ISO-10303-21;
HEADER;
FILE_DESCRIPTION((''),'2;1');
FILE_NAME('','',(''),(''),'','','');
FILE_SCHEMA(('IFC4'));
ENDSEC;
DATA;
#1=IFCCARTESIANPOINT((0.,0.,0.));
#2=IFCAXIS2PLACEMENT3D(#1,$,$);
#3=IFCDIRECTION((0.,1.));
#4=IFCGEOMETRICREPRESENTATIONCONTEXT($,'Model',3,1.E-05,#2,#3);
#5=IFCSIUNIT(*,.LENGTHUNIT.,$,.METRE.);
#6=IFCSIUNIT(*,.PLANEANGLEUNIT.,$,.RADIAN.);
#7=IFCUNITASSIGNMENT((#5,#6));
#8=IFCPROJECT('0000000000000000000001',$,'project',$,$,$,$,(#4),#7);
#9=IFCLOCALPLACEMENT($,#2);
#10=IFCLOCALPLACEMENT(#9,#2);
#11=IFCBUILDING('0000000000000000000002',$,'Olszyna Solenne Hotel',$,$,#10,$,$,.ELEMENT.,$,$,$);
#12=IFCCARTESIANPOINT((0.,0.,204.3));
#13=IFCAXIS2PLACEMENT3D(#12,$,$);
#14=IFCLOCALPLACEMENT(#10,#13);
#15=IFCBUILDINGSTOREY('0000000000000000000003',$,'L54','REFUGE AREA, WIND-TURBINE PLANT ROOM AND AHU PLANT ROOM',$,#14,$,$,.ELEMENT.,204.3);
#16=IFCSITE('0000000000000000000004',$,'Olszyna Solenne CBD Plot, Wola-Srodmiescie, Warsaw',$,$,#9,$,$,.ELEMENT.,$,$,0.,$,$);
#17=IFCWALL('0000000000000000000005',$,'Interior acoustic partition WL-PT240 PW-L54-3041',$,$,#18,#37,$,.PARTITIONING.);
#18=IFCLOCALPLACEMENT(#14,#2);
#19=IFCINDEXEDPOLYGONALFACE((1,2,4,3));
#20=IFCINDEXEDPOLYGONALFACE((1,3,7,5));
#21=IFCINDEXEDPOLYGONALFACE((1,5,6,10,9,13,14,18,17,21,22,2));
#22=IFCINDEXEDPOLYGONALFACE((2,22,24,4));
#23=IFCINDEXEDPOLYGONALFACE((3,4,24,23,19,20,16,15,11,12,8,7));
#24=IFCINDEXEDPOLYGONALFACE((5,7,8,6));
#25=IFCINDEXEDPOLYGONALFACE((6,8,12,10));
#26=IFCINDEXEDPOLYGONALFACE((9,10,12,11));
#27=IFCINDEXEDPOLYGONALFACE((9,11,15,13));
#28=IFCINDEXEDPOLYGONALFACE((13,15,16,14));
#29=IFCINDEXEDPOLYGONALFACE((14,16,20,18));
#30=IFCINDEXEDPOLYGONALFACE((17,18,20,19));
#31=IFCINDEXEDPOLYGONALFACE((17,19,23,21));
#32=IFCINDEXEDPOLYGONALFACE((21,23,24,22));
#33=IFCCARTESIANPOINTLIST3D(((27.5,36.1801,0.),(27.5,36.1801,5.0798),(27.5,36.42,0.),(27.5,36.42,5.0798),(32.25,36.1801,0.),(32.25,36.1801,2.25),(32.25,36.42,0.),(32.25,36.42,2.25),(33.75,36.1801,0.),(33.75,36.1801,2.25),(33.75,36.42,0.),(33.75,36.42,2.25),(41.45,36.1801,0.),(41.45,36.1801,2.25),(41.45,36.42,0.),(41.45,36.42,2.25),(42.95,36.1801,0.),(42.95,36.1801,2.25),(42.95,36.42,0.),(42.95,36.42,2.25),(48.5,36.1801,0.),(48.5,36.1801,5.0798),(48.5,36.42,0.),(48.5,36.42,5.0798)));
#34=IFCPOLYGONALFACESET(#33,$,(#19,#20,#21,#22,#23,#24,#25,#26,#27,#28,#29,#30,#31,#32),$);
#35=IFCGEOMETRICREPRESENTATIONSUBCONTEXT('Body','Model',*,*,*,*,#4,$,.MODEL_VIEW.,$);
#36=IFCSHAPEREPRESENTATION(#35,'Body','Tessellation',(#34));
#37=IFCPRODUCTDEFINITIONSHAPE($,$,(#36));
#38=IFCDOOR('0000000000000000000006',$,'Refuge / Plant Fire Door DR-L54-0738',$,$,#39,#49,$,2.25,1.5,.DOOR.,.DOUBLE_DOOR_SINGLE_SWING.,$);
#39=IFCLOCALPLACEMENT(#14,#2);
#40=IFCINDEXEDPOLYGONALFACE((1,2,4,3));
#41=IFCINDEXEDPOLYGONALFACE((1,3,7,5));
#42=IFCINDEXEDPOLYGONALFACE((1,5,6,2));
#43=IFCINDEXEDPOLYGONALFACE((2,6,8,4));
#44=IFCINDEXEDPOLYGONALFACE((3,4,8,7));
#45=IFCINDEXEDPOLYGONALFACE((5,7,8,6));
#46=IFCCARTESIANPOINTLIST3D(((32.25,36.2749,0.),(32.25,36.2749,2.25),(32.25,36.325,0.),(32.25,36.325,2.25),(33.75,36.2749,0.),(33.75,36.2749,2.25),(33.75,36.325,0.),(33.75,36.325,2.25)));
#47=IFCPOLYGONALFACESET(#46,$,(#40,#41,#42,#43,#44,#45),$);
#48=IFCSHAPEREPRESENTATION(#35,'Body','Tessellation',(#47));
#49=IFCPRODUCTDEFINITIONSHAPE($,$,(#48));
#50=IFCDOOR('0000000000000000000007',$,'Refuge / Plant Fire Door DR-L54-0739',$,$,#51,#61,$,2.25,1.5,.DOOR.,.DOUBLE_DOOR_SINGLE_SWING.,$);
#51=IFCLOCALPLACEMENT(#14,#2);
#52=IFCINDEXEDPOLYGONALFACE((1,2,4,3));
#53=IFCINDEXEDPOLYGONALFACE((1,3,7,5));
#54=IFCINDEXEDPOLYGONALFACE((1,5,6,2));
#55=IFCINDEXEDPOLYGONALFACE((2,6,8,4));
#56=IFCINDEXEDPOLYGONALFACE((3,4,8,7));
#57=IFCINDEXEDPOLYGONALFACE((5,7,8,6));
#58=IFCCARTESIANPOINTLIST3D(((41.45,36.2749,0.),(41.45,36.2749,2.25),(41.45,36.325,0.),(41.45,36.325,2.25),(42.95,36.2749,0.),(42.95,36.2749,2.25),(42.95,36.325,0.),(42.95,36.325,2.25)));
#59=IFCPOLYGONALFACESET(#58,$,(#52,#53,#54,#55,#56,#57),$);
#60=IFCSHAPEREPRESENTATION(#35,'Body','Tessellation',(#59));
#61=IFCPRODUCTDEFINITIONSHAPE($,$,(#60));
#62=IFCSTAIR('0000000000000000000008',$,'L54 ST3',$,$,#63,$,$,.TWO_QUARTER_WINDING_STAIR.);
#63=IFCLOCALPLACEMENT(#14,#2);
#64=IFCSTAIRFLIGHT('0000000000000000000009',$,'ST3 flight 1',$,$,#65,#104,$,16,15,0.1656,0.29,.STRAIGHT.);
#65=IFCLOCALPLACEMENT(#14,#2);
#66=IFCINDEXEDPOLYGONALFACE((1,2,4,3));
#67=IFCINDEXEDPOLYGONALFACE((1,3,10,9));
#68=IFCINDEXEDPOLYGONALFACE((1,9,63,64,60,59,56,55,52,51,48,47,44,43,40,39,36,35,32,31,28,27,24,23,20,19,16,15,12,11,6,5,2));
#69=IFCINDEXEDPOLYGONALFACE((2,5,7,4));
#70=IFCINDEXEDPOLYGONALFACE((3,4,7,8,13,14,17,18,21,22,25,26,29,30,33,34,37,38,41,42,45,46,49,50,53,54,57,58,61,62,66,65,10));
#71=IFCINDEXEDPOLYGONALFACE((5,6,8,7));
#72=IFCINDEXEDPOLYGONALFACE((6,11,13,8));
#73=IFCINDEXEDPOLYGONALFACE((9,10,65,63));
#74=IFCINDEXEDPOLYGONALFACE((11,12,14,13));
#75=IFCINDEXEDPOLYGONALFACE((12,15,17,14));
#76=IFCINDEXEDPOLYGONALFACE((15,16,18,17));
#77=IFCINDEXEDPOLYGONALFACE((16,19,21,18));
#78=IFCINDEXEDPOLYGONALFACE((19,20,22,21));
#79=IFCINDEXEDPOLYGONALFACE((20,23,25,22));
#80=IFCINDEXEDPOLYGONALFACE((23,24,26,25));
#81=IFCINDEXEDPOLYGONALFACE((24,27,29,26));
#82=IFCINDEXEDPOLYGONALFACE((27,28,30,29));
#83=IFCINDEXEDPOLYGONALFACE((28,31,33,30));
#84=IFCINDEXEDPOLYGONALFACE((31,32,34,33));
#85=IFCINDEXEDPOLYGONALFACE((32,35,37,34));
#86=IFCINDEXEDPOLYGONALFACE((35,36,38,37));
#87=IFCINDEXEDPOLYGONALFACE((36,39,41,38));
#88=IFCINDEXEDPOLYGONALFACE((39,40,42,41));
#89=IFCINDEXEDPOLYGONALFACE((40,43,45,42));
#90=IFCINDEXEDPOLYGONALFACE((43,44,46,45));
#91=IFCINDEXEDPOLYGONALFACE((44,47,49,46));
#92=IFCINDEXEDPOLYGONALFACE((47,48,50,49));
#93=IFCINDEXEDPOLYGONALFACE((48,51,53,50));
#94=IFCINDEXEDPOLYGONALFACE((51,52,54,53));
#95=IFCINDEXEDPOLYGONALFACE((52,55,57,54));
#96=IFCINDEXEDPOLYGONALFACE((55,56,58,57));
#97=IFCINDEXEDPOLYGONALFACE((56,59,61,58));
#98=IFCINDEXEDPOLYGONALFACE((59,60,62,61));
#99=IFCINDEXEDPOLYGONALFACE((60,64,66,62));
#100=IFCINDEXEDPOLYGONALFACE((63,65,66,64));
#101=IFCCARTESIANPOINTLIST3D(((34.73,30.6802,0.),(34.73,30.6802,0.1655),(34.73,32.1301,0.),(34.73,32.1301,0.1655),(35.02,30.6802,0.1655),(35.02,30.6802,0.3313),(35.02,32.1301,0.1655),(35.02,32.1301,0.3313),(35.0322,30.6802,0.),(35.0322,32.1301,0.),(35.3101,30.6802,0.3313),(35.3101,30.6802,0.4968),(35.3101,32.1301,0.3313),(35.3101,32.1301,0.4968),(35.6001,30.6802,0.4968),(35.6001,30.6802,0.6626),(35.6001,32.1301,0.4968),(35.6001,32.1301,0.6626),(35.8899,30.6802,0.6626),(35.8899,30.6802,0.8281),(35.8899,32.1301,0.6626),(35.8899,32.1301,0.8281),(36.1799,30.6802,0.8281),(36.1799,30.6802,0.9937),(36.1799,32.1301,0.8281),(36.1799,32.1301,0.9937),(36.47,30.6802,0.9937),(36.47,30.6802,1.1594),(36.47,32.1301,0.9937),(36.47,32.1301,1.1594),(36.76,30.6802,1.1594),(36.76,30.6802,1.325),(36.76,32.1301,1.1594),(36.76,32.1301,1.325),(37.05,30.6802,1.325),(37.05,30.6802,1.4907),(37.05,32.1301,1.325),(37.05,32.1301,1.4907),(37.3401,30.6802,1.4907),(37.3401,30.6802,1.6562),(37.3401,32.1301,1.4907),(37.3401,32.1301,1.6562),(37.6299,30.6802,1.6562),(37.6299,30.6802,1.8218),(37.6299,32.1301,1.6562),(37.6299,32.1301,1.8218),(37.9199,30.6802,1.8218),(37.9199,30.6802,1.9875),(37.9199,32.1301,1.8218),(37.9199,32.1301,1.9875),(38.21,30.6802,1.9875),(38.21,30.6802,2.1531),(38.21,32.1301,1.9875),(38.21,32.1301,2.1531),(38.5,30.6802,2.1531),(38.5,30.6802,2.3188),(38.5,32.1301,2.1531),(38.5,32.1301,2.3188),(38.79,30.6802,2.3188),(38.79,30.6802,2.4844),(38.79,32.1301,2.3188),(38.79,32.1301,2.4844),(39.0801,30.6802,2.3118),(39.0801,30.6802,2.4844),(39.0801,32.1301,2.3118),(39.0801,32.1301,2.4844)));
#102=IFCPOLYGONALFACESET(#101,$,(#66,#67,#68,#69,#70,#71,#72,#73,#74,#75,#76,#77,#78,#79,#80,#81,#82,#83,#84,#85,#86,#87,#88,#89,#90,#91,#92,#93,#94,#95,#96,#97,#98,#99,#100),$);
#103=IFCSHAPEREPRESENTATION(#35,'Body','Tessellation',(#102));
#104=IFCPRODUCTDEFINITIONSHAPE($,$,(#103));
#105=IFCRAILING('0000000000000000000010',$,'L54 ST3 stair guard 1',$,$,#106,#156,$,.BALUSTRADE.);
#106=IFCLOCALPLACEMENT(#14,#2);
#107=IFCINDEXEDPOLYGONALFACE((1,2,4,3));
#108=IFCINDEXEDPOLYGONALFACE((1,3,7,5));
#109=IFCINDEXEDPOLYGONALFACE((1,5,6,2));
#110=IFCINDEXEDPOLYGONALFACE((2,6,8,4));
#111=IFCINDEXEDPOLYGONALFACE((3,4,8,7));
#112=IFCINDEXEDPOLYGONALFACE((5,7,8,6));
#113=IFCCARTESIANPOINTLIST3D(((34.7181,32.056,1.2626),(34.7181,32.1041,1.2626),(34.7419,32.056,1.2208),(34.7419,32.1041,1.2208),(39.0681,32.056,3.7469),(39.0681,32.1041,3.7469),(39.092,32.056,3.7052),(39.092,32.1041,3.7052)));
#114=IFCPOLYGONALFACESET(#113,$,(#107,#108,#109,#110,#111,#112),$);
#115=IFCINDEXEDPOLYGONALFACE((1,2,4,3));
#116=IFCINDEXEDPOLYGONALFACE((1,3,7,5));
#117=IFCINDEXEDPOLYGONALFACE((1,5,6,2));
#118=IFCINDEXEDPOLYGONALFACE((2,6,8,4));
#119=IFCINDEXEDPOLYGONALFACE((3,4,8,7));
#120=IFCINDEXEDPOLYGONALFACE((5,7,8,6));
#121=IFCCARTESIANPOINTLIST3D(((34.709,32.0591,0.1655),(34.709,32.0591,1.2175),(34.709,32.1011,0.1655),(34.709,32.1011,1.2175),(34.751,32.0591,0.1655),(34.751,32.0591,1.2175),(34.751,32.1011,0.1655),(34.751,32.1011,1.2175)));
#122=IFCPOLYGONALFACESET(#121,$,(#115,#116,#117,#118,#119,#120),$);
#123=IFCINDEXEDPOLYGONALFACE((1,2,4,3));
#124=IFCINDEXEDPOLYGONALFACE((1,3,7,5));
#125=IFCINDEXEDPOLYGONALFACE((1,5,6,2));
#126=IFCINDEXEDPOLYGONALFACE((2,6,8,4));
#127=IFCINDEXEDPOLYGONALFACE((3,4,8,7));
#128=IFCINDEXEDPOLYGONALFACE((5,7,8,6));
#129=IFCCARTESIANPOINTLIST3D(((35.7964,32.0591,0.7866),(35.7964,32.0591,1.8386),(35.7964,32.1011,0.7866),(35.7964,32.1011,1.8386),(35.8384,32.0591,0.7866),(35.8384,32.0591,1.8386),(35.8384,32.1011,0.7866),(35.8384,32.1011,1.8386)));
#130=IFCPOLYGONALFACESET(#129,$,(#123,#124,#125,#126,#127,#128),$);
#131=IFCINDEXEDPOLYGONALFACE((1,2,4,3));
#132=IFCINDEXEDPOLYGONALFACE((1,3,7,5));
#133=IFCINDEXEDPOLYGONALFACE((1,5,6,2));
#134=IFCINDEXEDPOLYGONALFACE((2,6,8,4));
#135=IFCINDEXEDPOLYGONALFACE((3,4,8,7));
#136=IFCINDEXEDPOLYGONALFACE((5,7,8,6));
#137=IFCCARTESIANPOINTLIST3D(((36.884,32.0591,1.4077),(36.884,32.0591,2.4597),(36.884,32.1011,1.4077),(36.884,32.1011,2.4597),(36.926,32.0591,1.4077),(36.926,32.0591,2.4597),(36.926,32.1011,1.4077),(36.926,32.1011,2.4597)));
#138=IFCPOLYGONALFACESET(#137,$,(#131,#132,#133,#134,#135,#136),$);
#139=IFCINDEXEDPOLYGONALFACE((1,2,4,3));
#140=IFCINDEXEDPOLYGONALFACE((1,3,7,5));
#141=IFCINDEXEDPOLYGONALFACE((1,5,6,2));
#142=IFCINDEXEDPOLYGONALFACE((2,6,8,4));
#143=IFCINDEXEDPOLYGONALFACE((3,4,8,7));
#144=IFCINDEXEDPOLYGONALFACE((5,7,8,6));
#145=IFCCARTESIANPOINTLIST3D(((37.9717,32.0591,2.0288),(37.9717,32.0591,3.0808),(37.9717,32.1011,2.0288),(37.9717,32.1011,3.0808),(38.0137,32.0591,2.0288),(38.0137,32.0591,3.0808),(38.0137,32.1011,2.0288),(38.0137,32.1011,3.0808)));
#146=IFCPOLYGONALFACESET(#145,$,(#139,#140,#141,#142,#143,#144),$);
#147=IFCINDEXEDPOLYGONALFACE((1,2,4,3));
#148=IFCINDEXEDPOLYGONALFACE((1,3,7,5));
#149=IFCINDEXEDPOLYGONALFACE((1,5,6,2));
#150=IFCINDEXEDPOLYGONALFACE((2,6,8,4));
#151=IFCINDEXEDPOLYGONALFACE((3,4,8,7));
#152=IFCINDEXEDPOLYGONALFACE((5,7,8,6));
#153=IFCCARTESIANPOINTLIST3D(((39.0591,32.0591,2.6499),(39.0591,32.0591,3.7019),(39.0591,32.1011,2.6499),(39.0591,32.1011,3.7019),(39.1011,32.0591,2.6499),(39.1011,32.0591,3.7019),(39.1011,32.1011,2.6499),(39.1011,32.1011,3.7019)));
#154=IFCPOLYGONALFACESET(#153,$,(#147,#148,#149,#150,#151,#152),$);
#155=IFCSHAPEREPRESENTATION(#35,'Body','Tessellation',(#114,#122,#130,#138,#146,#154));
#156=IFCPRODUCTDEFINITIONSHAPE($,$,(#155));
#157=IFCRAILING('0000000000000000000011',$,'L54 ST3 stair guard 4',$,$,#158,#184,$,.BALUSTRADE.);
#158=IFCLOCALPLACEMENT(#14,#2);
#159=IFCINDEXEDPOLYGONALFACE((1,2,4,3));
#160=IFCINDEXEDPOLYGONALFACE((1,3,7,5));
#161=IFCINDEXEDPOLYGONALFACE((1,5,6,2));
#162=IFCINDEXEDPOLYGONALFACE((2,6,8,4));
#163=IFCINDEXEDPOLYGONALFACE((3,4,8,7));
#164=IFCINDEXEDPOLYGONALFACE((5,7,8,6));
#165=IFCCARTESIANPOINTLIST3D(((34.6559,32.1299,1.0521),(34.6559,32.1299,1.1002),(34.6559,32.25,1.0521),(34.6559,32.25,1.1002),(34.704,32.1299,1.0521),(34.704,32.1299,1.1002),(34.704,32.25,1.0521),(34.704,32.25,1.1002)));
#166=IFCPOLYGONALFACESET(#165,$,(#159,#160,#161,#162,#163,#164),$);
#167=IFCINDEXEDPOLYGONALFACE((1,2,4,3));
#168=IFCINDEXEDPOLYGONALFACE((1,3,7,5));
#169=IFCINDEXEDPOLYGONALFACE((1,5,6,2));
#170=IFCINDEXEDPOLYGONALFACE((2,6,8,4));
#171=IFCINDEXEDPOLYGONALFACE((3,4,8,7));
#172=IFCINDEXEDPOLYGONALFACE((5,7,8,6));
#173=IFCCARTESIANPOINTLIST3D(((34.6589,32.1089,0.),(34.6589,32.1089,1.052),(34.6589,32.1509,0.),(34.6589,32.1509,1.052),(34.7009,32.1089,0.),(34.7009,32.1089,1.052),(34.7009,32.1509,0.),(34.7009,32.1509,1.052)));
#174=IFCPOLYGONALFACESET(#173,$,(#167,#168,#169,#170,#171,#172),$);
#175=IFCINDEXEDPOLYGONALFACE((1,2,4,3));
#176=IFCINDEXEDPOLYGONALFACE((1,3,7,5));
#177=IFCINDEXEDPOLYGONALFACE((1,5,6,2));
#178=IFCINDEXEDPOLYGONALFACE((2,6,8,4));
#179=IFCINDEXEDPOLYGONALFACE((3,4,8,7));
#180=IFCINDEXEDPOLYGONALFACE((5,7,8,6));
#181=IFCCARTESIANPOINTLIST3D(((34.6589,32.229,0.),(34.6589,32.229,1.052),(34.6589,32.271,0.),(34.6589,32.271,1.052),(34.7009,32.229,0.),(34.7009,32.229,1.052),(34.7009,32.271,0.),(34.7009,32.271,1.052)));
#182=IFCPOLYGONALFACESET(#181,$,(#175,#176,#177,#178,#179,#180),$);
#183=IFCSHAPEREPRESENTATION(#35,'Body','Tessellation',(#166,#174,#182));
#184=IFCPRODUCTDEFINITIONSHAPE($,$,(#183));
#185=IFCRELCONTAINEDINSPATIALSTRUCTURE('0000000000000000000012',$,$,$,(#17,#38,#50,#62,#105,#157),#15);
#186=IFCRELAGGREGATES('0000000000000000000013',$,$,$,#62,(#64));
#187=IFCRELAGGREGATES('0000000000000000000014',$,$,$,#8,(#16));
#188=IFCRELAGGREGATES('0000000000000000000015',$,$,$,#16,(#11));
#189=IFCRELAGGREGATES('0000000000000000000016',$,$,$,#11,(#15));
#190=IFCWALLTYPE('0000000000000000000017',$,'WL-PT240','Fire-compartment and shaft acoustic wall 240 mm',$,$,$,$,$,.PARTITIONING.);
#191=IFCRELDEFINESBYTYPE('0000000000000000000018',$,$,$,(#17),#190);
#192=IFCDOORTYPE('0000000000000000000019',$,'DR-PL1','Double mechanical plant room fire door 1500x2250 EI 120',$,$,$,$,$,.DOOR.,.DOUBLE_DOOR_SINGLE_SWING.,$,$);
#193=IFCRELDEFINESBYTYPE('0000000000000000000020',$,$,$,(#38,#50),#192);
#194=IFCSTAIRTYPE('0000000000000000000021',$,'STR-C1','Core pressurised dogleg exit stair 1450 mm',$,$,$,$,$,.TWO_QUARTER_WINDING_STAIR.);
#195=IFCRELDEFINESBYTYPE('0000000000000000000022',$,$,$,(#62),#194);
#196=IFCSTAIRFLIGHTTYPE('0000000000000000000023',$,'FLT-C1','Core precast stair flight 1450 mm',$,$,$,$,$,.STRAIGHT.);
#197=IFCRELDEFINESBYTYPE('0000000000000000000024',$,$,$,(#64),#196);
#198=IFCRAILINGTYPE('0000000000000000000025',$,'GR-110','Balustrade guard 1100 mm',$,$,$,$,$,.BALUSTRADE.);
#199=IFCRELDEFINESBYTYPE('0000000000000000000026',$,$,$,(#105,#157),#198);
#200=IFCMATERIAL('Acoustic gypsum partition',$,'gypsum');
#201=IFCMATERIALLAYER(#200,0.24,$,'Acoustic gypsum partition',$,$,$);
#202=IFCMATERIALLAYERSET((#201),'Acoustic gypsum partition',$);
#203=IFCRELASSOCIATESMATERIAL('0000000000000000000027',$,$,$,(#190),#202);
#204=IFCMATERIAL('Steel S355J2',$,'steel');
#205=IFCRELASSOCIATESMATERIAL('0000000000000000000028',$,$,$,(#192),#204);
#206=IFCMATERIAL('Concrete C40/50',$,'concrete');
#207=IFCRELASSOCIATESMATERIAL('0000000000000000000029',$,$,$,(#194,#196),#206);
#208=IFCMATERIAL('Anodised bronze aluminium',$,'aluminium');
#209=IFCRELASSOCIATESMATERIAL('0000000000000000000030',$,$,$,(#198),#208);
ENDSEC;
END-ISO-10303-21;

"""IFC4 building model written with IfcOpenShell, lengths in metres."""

from ifc_helpers import new_model, si_unit, direction, frame, frame_2d, origin, origin_2d, place, context, subcontext, project, spatial, polyline, rectangle, outline, extrude, source, transform, mapped, material, layer, layer_set, type_object, type_shapes, element, fill, aggregate, save


model = new_model("IFC4")

# Units and contexts
model_context = context("Model", 3, precision=1e-05, world=origin(), true_north=direction((0.0, 1.0)))
body_context = subcontext(model_context, "Body", "Model", "MODEL_VIEW")
ifc_project = project(units=[si_unit("LENGTHUNIT", "METRE"), si_unit("PLANEANGLEUNIT", "RADIAN")], contexts=[model_context])

# Site, building, storey
site_placement = place(None, origin())
site = spatial("IfcSite", under=ifc_project, at=site_placement, Name="Olszyna Solenne CBD Plot, Wola-Srodmiescie, Warsaw", CompositionType="ELEMENT", RefElevation=0.0)
building_placement = place(site_placement, origin())
building = spatial("IfcBuilding", under=site, at=building_placement, Name="Olszyna Solenne Hotel", CompositionType="ELEMENT")
storey_placement = place(building_placement, frame((0.0, 0.0, 204.3)))
storey = spatial("IfcBuildingStorey", under=building, at=storey_placement, Name="L54", Description="REFUGE AREA, WIND-TURBINE PLANT ROOM AND AHU PLANT ROOM", CompositionType="ELEMENT", Elevation=204.3)

# Shared definitions
ifc_material_1 = material(Name="Steel S355J2", Category="steel")

# Shared definitions
ifc_material_2 = material(Name="Acoustic gypsum partition", Category="gypsum")

# Shared definitions
ifc_layer_1 = layer(ifc_material_2, 0.24, Name="Acoustic gypsum partition")
ifc_layer_set_1 = layer_set([ifc_layer_1], Name="Acoustic gypsum partition")
wall_type_1 = type_object("IfcWallType", Name="WL-PT240", Description="Fire-compartment and shaft acoustic wall 240 mm", PredefinedType="PARTITIONING", material=ifc_layer_set_1)

# Wall, openings, doors
wall_1_placement = place(storey_placement, frame((27.5, 36.3, 0.0), z_axis=(0.0, 0.0, 1.0), x_axis=(1.0, 0.0, 0.0)))
wall_1 = element("IfcWall", 1, at=wall_1_placement, inside=storey, type_object=wall_type_1, Name="Interior acoustic partition WL-PT240 PW-L54-3041", PredefinedType="PARTITIONING", context=body_context, shape_type="SweptSolid", body=[
    extrude(rectangle(XDim=21.0, YDim=0.24, at=frame_2d((10.5, 0.0))), origin(), (0.0, 0.0, 1.0), 5.0798),
])
opening_1_placement = place(wall_1_placement, frame((4.75, 0.0, 0.0)))
opening_1 = element("IfcOpeningElement", 2, at=opening_1_placement, cuts=wall_1, PredefinedType="OPENING", context=body_context, shape_type="SweptSolid", body=[
    extrude(rectangle(XDim=1.5, YDim=2.25, at=frame_2d((0.75, 1.125))), frame((0.0, 0.1299, 0.0), z_axis=(0.0, -1.0, 0.0), x_axis=(1.0, 0.0, 0.0)), (0.0, 0.0, 1.0), 0.26),
])
opening_2_placement = place(wall_1_placement, frame((13.95, 0.0, 0.0)))
opening_2 = element("IfcOpeningElement", 3, at=opening_2_placement, cuts=wall_1, PredefinedType="OPENING", context=body_context, shape_type="SweptSolid", body=[
    extrude(rectangle(XDim=1.5, YDim=2.25, at=frame_2d((0.75, 1.125))), frame((0.0, 0.1299, 0.0), z_axis=(0.0, -1.0, 0.0), x_axis=(1.0, 0.0, 0.0)), (0.0, 0.0, 1.0), 0.26),
])
door_type_1 = type_object("IfcDoorType", Name="DR-PL1", Description="Double mechanical plant room fire door 1500x2250 EI 120", OperationType="DOUBLE_DOOR_SINGLE_SWING", PredefinedType="DOOR", material=ifc_material_1)
shared_shape_1 = source(origin(), body_context, "Body", "SweptSolid", [
    extrude(rectangle(XDim=1.5, YDim=2.25, at=frame_2d((0.75, 1.125))), frame((0.0, 0.0249, 0.0), z_axis=(0.0, -1.0, 0.0), x_axis=(1.0, 0.0, 0.0)), (0.0, 0.0, 1.0), 0.05),
])
type_shapes(door_type_1, [shared_shape_1])
door_1_placement = place(opening_1_placement, origin())
door_1 = element("IfcDoor", 4, at=door_1_placement, inside=storey, type_object=door_type_1, Name="Refuge / Plant Fire Door DR-L54-0738", OperationType="DOUBLE_DOOR_SINGLE_SWING", OverallHeight=2.25, OverallWidth=1.5, PredefinedType="DOOR", context=body_context, shape_type="MappedRepresentation", body=[
    mapped(shared_shape_1, transform((0.0, 0.0, 0.0), x_axis=(1.0, 0.0, 0.0), y_axis=(0.0, 1.0, 0.0), z_axis=(0.0, 0.0, 1.0), scale=1.0)),
])
fill(opening_1, door_1)
door_2_placement = place(opening_2_placement, origin())
door_2 = element("IfcDoor", 5, at=door_2_placement, inside=storey, type_object=door_type_1, Name="Refuge / Plant Fire Door DR-L54-0739", OperationType="DOUBLE_DOOR_SINGLE_SWING", OverallHeight=2.25, OverallWidth=1.5, PredefinedType="DOOR", context=body_context, shape_type="MappedRepresentation", body=[
    mapped(shared_shape_1, transform((0.0, 0.0, 0.0), x_axis=(1.0, 0.0, 0.0), y_axis=(0.0, 1.0, 0.0), z_axis=(0.0, 0.0, 1.0), scale=1.0)),
])
fill(opening_2, door_2)

# Stair, stair flight
ifc_material_3 = material(Name="Concrete C40/50", Category="concrete")
stair_type = type_object("IfcStairType", Name="STR-C1", Description="Core pressurised dogleg exit stair 1450 mm", PredefinedType="TWO_QUARTER_WINDING_STAIR", material=ifc_material_3)
stair_placement = place(storey_placement, origin())
stair = element("IfcStair", 6, at=stair_placement, inside=storey, type_object=stair_type, Name="L54 ST3", PredefinedType="TWO_QUARTER_WINDING_STAIR")
stair_flight_type = type_object("IfcStairFlightType", Name="FLT-C1", Description="Core precast stair flight 1450 mm", PredefinedType="STRAIGHT", material=ifc_material_3)
stair_flight_placement = place(storey_placement, frame((34.73, 31.405, 0.0), z_axis=(0.0, 0.0, 1.0), x_axis=(1.0, 0.0, 0.0)))
stair_flight = element("IfcStairFlight", 7, at=stair_flight_placement, type_object=stair_flight_type, Name="ST3 flight 1", NumberOfRisers=16, NumberOfTreads=15, PredefinedType="STRAIGHT", RiserHeight=0.1656, TreadLength=0.29, context=body_context, shape_type="SweptSolid", body=[
    extrude(outline(polyline([(0.0, 0.0), (0.0, 0.1655), (0.29, 0.1655), (0.29, 0.3313), (0.5801, 0.3313), (0.5801, 0.4968), (0.8701, 0.4968), (0.8701, 0.6626), (1.1599, 0.6626), (1.1599, 0.8281), (1.45, 0.8281), (1.45, 0.9937), (1.74, 0.9937), (1.74, 1.1594), (2.03, 1.1594), (2.03, 1.325), (2.3201, 1.325), (2.3201, 1.4907), (2.6101, 1.4907), (2.6101, 1.6562), (2.8999, 1.6562), (2.8999, 1.8218), (3.1899, 1.8218), (3.1899, 1.9875), (3.48, 1.9875), (3.48, 2.1531), (3.77, 2.1531), (3.77, 2.3188), (4.0601, 2.3188), (4.0601, 2.4844), (4.3501, 2.4844), (4.3501, 2.6499), (4.3501, 2.3118), (0.3022, 0.0), (0.0, 0.0)])), frame((0.0, 0.7251, 0.0), z_axis=(0.0, -1.0, 0.0), x_axis=(1.0, 0.0, 0.0)), (0.0, 0.0, 1.0), 1.45),
])
aggregate(stair, [stair_flight])

# Railings
ifc_material_4 = material(Name="Anodised bronze aluminium", Category="aluminium")
railing_type_1 = type_object("IfcRailingType", Name="GR-110", Description="Balustrade guard 1100 mm", PredefinedType="BALUSTRADE", material=ifc_material_4)
railing_1_placement = place(storey_placement, frame((34.73, 32.0801, 0.1655)))
element("IfcRailing", 8, at=railing_1_placement, inside=storey, type_object=railing_type_1, Name="L54 ST3 stair guard 1", PredefinedType="BALUSTRADE", context=body_context, shape_type="SweptSolid", body=[
    extrude(rectangle(XDim=0.0481, YDim=0.0481, at=origin_2d()), frame((0.0, 0.0, 1.0762), z_axis=(0.868363, 0.0, 0.495929), x_axis=(0.0, 1.0, 0.0)), (0.0, 0.0, 1.0), 5.0095),
    extrude(rectangle(XDim=0.042, YDim=0.042, at=origin_2d()), origin(), (0.0, 0.0, 1.0), 1.052),
    extrude(rectangle(XDim=0.042, YDim=0.042, at=origin_2d()), frame((1.0874, 0.0, 0.6211)), (0.0, 0.0, 1.0), 1.052),
    extrude(rectangle(XDim=0.042, YDim=0.042, at=origin_2d()), frame((2.175, 0.0, 1.2422)), (0.0, 0.0, 1.0), 1.052),
    extrude(rectangle(XDim=0.042, YDim=0.042, at=origin_2d()), frame((3.2627, 0.0, 1.8633)), (0.0, 0.0, 1.0), 1.052),
    extrude(rectangle(XDim=0.042, YDim=0.042, at=origin_2d()), frame((4.3501, 0.0, 2.4844)), (0.0, 0.0, 1.0), 1.052),
])
railing_2_placement = place(storey_placement, frame((34.6799, 32.1299, 0.0)))
element("IfcRailing", 9, at=railing_2_placement, inside=storey, type_object=railing_type_1, Name="L54 ST3 stair guard 4", PredefinedType="BALUSTRADE", context=body_context, shape_type="SweptSolid", body=[
    extrude(rectangle(XDim=0.0481, YDim=0.0481, at=origin_2d()), frame((0.0, 0.0, 1.0762), z_axis=(0.0, 1.0, 0.0), x_axis=(-1.0, 0.0, 0.0)), (0.0, 0.0, 1.0), 0.1201),
    extrude(rectangle(XDim=0.042, YDim=0.042, at=origin_2d()), origin(), (0.0, 0.0, 1.0), 1.052),
    extrude(rectangle(XDim=0.042, YDim=0.042, at=origin_2d()), frame((0.0, 0.1201, 0.0)), (0.0, 0.0, 1.0), 1.052),
])

save(model, "model.ifc")
